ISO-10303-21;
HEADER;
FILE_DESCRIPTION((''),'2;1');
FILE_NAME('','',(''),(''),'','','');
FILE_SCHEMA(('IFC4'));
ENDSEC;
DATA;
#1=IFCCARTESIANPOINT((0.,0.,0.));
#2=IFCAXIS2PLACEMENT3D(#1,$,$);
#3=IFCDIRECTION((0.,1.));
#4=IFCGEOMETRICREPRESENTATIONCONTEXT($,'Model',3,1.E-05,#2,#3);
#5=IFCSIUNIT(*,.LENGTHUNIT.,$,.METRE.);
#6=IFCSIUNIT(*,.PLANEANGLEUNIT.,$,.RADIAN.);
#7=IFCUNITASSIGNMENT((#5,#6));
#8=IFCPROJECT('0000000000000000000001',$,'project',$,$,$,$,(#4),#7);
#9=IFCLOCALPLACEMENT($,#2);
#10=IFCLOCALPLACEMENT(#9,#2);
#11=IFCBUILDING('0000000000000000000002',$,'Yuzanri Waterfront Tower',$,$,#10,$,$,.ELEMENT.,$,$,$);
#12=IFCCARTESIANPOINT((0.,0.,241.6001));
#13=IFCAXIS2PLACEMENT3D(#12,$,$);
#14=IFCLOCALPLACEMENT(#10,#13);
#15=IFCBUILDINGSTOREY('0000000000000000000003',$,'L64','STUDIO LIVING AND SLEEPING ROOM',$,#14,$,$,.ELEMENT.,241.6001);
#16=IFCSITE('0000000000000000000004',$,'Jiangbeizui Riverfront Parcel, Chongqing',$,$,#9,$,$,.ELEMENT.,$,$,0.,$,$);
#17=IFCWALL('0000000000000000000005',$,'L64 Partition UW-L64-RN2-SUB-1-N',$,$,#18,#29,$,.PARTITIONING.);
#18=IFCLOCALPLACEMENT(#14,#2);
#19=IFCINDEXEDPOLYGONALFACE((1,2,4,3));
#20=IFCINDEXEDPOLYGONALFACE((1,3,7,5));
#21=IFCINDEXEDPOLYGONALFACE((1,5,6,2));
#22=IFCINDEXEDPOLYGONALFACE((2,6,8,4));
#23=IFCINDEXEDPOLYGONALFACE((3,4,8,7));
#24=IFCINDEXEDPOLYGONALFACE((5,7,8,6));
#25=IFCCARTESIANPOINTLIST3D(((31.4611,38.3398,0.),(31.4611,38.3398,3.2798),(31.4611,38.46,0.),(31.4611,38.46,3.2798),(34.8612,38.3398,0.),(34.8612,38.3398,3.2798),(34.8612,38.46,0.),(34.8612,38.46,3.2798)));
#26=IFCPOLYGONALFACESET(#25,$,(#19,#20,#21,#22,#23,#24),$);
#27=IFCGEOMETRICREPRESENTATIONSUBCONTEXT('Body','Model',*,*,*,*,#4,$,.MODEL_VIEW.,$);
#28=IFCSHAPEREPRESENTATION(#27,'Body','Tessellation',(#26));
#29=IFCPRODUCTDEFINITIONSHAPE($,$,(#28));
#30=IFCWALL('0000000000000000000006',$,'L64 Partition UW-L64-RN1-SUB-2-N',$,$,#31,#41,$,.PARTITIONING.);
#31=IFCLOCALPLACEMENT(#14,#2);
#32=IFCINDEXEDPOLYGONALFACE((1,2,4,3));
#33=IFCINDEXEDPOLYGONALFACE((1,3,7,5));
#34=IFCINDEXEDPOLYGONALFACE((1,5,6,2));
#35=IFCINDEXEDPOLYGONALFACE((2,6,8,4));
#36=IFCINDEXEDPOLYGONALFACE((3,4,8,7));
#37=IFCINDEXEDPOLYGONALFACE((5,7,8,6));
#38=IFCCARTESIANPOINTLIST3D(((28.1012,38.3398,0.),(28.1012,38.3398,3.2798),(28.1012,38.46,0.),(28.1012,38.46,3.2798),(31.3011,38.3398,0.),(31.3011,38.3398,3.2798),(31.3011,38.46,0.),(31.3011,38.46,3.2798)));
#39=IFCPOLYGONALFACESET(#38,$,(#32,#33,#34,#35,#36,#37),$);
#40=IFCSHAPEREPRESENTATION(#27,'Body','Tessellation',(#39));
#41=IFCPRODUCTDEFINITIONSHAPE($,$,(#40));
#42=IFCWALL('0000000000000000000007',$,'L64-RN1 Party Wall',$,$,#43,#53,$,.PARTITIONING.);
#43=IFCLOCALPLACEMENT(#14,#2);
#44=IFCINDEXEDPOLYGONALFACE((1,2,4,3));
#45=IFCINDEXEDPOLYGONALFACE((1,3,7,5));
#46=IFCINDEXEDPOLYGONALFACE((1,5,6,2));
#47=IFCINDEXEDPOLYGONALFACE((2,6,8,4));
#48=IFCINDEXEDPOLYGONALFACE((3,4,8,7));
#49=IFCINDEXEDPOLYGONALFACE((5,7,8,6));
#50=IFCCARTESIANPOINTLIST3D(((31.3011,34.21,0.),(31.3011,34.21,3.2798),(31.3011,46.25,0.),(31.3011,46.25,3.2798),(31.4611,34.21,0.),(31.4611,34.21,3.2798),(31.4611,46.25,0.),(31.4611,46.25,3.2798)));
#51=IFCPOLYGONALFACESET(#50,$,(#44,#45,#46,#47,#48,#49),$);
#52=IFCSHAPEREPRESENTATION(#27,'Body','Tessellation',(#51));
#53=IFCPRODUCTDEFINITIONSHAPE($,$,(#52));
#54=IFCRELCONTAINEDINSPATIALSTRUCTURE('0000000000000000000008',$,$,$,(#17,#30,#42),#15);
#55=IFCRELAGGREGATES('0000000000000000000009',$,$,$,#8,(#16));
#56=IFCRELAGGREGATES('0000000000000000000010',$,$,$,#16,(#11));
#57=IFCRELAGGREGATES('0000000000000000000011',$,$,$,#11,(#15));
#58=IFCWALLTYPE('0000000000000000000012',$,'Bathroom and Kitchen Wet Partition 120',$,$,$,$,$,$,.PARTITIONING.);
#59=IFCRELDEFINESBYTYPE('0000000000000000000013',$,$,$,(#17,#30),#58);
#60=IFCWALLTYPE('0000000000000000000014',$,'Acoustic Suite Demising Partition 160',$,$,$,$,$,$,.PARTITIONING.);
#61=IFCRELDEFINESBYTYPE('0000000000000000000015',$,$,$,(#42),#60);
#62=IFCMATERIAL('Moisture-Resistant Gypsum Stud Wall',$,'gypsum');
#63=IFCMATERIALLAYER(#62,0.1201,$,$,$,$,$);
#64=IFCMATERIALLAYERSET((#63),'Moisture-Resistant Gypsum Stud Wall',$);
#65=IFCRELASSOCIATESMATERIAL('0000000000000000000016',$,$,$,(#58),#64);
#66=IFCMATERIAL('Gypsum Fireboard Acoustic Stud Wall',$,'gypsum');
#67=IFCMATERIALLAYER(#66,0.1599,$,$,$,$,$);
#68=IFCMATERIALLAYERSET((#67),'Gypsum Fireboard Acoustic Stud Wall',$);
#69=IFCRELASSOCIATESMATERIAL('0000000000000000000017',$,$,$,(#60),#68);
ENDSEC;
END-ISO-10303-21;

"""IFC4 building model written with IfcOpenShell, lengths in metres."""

from ifc_helpers import new_model, si_unit, direction, frame, frame_2d, origin, place, context, subcontext, project, spatial, rectangle, extrude, source, transform, mapped, material, layer, layer_set, type_object, element, save


model = new_model("IFC4")

# Units and contexts
model_context = context("Model", 3, precision=1e-05, world=origin(), true_north=direction((0.0, 1.0)))
body_context = subcontext(model_context, "Body", "Model", "MODEL_VIEW")
ifc_project = project(units=[si_unit("LENGTHUNIT", "METRE"), si_unit("PLANEANGLEUNIT", "RADIAN")], contexts=[model_context])

# Site, building, storey
site_placement = place(None, origin())
site = spatial("IfcSite", under=ifc_project, at=site_placement, Name="Jiangbeizui Riverfront Parcel, Chongqing", CompositionType="ELEMENT", RefElevation=0.0)
building_placement = place(site_placement, origin())
building = spatial("IfcBuilding", under=site, at=building_placement, Name="Yuzanri Waterfront Tower", CompositionType="ELEMENT")
storey_placement = place(building_placement, frame((0.0, 0.0, 241.6001)))
storey = spatial("IfcBuildingStorey", under=building, at=storey_placement, Name="L64", Description="STUDIO LIVING AND SLEEPING ROOM", CompositionType="ELEMENT", Elevation=241.6001)

# Shared definitions
ifc_material_1 = material(Name="Moisture-Resistant Gypsum Stud Wall", Category="gypsum")
ifc_layer_1 = layer(ifc_material_1, 0.1201)
ifc_layer_set_1 = layer_set([ifc_layer_1], Name="Moisture-Resistant Gypsum Stud Wall")
wall_type_1 = type_object("IfcWallType", Name="Bathroom and Kitchen Wet Partition 120", PredefinedType="PARTITIONING", material=ifc_layer_set_1)

# Walls
shared_shape_1 = source(origin(), body_context, "Body", "SweptSolid", [
    extrude(rectangle(XDim=3.4001, YDim=0.1201, at=frame_2d((1.7002, 0.0))), origin(), (0.0, 0.0, 1.0), 3.2798),
])
wall_1_placement = place(storey_placement, frame((31.4609, 38.3999, 0.0), z_axis=(0.0, 0.0, 1.0), x_axis=(1.0, 0.0, 0.0)))
element("IfcWall", 1, at=wall_1_placement, inside=storey, type_object=wall_type_1, Name="L64 Partition UW-L64-RN2-SUB-1-N", PredefinedType="PARTITIONING", context=body_context, shape_type="MappedRepresentation", body=[
    mapped(shared_shape_1, transform((0.0, 0.0, 0.0), scale=1.0)),
])
shared_shape_2 = source(origin(), body_context, "Body", "SweptSolid", [
    extrude(rectangle(XDim=3.2, YDim=0.1201, at=frame_2d((1.6001, 0.0))), origin(), (0.0, 0.0, 1.0), 3.2798),
])
wall_2_placement = place(storey_placement, frame((28.1011, 38.3999, 0.0), z_axis=(0.0, 0.0, 1.0), x_axis=(1.0, 0.0, 0.0)))
element("IfcWall", 2, at=wall_2_placement, inside=storey, type_object=wall_type_1, Name="L64 Partition UW-L64-RN1-SUB-2-N", PredefinedType="PARTITIONING", context=body_context, shape_type="MappedRepresentation", body=[
    mapped(shared_shape_2, transform((0.0, 0.0, 0.0), scale=1.0)),
])
ifc_material_2 = material(Name="Gypsum Fireboard Acoustic Stud Wall", Category="gypsum")
ifc_layer_2 = layer(ifc_material_2, 0.1599)
ifc_layer_set_2 = layer_set([ifc_layer_2], Name="Gypsum Fireboard Acoustic Stud Wall")
wall_type_2 = type_object("IfcWallType", Name="Acoustic Suite Demising Partition 160", PredefinedType="PARTITIONING", material=ifc_layer_set_2)
shared_shape_3 = source(origin(), body_context, "Body", "SweptSolid", [
    extrude(rectangle(XDim=12.04, YDim=0.1599, at=frame_2d((6.02, 0.0))), origin(), (0.0, 0.0, 1.0), 3.2798),
])
wall_3_placement = place(storey_placement, frame((31.3811, 34.21, 0.0), z_axis=(0.0, 0.0, 1.0), x_axis=(0.0, 1.0, 0.0)))
element("IfcWall", 3, at=wall_3_placement, inside=storey, type_object=wall_type_2, Name="L64-RN1 Party Wall", PredefinedType="PARTITIONING", context=body_context, shape_type="MappedRepresentation", body=[
    mapped(shared_shape_3, transform((0.0, 0.0, 0.0), scale=1.0)),
])

save(model, "model.ifc")
